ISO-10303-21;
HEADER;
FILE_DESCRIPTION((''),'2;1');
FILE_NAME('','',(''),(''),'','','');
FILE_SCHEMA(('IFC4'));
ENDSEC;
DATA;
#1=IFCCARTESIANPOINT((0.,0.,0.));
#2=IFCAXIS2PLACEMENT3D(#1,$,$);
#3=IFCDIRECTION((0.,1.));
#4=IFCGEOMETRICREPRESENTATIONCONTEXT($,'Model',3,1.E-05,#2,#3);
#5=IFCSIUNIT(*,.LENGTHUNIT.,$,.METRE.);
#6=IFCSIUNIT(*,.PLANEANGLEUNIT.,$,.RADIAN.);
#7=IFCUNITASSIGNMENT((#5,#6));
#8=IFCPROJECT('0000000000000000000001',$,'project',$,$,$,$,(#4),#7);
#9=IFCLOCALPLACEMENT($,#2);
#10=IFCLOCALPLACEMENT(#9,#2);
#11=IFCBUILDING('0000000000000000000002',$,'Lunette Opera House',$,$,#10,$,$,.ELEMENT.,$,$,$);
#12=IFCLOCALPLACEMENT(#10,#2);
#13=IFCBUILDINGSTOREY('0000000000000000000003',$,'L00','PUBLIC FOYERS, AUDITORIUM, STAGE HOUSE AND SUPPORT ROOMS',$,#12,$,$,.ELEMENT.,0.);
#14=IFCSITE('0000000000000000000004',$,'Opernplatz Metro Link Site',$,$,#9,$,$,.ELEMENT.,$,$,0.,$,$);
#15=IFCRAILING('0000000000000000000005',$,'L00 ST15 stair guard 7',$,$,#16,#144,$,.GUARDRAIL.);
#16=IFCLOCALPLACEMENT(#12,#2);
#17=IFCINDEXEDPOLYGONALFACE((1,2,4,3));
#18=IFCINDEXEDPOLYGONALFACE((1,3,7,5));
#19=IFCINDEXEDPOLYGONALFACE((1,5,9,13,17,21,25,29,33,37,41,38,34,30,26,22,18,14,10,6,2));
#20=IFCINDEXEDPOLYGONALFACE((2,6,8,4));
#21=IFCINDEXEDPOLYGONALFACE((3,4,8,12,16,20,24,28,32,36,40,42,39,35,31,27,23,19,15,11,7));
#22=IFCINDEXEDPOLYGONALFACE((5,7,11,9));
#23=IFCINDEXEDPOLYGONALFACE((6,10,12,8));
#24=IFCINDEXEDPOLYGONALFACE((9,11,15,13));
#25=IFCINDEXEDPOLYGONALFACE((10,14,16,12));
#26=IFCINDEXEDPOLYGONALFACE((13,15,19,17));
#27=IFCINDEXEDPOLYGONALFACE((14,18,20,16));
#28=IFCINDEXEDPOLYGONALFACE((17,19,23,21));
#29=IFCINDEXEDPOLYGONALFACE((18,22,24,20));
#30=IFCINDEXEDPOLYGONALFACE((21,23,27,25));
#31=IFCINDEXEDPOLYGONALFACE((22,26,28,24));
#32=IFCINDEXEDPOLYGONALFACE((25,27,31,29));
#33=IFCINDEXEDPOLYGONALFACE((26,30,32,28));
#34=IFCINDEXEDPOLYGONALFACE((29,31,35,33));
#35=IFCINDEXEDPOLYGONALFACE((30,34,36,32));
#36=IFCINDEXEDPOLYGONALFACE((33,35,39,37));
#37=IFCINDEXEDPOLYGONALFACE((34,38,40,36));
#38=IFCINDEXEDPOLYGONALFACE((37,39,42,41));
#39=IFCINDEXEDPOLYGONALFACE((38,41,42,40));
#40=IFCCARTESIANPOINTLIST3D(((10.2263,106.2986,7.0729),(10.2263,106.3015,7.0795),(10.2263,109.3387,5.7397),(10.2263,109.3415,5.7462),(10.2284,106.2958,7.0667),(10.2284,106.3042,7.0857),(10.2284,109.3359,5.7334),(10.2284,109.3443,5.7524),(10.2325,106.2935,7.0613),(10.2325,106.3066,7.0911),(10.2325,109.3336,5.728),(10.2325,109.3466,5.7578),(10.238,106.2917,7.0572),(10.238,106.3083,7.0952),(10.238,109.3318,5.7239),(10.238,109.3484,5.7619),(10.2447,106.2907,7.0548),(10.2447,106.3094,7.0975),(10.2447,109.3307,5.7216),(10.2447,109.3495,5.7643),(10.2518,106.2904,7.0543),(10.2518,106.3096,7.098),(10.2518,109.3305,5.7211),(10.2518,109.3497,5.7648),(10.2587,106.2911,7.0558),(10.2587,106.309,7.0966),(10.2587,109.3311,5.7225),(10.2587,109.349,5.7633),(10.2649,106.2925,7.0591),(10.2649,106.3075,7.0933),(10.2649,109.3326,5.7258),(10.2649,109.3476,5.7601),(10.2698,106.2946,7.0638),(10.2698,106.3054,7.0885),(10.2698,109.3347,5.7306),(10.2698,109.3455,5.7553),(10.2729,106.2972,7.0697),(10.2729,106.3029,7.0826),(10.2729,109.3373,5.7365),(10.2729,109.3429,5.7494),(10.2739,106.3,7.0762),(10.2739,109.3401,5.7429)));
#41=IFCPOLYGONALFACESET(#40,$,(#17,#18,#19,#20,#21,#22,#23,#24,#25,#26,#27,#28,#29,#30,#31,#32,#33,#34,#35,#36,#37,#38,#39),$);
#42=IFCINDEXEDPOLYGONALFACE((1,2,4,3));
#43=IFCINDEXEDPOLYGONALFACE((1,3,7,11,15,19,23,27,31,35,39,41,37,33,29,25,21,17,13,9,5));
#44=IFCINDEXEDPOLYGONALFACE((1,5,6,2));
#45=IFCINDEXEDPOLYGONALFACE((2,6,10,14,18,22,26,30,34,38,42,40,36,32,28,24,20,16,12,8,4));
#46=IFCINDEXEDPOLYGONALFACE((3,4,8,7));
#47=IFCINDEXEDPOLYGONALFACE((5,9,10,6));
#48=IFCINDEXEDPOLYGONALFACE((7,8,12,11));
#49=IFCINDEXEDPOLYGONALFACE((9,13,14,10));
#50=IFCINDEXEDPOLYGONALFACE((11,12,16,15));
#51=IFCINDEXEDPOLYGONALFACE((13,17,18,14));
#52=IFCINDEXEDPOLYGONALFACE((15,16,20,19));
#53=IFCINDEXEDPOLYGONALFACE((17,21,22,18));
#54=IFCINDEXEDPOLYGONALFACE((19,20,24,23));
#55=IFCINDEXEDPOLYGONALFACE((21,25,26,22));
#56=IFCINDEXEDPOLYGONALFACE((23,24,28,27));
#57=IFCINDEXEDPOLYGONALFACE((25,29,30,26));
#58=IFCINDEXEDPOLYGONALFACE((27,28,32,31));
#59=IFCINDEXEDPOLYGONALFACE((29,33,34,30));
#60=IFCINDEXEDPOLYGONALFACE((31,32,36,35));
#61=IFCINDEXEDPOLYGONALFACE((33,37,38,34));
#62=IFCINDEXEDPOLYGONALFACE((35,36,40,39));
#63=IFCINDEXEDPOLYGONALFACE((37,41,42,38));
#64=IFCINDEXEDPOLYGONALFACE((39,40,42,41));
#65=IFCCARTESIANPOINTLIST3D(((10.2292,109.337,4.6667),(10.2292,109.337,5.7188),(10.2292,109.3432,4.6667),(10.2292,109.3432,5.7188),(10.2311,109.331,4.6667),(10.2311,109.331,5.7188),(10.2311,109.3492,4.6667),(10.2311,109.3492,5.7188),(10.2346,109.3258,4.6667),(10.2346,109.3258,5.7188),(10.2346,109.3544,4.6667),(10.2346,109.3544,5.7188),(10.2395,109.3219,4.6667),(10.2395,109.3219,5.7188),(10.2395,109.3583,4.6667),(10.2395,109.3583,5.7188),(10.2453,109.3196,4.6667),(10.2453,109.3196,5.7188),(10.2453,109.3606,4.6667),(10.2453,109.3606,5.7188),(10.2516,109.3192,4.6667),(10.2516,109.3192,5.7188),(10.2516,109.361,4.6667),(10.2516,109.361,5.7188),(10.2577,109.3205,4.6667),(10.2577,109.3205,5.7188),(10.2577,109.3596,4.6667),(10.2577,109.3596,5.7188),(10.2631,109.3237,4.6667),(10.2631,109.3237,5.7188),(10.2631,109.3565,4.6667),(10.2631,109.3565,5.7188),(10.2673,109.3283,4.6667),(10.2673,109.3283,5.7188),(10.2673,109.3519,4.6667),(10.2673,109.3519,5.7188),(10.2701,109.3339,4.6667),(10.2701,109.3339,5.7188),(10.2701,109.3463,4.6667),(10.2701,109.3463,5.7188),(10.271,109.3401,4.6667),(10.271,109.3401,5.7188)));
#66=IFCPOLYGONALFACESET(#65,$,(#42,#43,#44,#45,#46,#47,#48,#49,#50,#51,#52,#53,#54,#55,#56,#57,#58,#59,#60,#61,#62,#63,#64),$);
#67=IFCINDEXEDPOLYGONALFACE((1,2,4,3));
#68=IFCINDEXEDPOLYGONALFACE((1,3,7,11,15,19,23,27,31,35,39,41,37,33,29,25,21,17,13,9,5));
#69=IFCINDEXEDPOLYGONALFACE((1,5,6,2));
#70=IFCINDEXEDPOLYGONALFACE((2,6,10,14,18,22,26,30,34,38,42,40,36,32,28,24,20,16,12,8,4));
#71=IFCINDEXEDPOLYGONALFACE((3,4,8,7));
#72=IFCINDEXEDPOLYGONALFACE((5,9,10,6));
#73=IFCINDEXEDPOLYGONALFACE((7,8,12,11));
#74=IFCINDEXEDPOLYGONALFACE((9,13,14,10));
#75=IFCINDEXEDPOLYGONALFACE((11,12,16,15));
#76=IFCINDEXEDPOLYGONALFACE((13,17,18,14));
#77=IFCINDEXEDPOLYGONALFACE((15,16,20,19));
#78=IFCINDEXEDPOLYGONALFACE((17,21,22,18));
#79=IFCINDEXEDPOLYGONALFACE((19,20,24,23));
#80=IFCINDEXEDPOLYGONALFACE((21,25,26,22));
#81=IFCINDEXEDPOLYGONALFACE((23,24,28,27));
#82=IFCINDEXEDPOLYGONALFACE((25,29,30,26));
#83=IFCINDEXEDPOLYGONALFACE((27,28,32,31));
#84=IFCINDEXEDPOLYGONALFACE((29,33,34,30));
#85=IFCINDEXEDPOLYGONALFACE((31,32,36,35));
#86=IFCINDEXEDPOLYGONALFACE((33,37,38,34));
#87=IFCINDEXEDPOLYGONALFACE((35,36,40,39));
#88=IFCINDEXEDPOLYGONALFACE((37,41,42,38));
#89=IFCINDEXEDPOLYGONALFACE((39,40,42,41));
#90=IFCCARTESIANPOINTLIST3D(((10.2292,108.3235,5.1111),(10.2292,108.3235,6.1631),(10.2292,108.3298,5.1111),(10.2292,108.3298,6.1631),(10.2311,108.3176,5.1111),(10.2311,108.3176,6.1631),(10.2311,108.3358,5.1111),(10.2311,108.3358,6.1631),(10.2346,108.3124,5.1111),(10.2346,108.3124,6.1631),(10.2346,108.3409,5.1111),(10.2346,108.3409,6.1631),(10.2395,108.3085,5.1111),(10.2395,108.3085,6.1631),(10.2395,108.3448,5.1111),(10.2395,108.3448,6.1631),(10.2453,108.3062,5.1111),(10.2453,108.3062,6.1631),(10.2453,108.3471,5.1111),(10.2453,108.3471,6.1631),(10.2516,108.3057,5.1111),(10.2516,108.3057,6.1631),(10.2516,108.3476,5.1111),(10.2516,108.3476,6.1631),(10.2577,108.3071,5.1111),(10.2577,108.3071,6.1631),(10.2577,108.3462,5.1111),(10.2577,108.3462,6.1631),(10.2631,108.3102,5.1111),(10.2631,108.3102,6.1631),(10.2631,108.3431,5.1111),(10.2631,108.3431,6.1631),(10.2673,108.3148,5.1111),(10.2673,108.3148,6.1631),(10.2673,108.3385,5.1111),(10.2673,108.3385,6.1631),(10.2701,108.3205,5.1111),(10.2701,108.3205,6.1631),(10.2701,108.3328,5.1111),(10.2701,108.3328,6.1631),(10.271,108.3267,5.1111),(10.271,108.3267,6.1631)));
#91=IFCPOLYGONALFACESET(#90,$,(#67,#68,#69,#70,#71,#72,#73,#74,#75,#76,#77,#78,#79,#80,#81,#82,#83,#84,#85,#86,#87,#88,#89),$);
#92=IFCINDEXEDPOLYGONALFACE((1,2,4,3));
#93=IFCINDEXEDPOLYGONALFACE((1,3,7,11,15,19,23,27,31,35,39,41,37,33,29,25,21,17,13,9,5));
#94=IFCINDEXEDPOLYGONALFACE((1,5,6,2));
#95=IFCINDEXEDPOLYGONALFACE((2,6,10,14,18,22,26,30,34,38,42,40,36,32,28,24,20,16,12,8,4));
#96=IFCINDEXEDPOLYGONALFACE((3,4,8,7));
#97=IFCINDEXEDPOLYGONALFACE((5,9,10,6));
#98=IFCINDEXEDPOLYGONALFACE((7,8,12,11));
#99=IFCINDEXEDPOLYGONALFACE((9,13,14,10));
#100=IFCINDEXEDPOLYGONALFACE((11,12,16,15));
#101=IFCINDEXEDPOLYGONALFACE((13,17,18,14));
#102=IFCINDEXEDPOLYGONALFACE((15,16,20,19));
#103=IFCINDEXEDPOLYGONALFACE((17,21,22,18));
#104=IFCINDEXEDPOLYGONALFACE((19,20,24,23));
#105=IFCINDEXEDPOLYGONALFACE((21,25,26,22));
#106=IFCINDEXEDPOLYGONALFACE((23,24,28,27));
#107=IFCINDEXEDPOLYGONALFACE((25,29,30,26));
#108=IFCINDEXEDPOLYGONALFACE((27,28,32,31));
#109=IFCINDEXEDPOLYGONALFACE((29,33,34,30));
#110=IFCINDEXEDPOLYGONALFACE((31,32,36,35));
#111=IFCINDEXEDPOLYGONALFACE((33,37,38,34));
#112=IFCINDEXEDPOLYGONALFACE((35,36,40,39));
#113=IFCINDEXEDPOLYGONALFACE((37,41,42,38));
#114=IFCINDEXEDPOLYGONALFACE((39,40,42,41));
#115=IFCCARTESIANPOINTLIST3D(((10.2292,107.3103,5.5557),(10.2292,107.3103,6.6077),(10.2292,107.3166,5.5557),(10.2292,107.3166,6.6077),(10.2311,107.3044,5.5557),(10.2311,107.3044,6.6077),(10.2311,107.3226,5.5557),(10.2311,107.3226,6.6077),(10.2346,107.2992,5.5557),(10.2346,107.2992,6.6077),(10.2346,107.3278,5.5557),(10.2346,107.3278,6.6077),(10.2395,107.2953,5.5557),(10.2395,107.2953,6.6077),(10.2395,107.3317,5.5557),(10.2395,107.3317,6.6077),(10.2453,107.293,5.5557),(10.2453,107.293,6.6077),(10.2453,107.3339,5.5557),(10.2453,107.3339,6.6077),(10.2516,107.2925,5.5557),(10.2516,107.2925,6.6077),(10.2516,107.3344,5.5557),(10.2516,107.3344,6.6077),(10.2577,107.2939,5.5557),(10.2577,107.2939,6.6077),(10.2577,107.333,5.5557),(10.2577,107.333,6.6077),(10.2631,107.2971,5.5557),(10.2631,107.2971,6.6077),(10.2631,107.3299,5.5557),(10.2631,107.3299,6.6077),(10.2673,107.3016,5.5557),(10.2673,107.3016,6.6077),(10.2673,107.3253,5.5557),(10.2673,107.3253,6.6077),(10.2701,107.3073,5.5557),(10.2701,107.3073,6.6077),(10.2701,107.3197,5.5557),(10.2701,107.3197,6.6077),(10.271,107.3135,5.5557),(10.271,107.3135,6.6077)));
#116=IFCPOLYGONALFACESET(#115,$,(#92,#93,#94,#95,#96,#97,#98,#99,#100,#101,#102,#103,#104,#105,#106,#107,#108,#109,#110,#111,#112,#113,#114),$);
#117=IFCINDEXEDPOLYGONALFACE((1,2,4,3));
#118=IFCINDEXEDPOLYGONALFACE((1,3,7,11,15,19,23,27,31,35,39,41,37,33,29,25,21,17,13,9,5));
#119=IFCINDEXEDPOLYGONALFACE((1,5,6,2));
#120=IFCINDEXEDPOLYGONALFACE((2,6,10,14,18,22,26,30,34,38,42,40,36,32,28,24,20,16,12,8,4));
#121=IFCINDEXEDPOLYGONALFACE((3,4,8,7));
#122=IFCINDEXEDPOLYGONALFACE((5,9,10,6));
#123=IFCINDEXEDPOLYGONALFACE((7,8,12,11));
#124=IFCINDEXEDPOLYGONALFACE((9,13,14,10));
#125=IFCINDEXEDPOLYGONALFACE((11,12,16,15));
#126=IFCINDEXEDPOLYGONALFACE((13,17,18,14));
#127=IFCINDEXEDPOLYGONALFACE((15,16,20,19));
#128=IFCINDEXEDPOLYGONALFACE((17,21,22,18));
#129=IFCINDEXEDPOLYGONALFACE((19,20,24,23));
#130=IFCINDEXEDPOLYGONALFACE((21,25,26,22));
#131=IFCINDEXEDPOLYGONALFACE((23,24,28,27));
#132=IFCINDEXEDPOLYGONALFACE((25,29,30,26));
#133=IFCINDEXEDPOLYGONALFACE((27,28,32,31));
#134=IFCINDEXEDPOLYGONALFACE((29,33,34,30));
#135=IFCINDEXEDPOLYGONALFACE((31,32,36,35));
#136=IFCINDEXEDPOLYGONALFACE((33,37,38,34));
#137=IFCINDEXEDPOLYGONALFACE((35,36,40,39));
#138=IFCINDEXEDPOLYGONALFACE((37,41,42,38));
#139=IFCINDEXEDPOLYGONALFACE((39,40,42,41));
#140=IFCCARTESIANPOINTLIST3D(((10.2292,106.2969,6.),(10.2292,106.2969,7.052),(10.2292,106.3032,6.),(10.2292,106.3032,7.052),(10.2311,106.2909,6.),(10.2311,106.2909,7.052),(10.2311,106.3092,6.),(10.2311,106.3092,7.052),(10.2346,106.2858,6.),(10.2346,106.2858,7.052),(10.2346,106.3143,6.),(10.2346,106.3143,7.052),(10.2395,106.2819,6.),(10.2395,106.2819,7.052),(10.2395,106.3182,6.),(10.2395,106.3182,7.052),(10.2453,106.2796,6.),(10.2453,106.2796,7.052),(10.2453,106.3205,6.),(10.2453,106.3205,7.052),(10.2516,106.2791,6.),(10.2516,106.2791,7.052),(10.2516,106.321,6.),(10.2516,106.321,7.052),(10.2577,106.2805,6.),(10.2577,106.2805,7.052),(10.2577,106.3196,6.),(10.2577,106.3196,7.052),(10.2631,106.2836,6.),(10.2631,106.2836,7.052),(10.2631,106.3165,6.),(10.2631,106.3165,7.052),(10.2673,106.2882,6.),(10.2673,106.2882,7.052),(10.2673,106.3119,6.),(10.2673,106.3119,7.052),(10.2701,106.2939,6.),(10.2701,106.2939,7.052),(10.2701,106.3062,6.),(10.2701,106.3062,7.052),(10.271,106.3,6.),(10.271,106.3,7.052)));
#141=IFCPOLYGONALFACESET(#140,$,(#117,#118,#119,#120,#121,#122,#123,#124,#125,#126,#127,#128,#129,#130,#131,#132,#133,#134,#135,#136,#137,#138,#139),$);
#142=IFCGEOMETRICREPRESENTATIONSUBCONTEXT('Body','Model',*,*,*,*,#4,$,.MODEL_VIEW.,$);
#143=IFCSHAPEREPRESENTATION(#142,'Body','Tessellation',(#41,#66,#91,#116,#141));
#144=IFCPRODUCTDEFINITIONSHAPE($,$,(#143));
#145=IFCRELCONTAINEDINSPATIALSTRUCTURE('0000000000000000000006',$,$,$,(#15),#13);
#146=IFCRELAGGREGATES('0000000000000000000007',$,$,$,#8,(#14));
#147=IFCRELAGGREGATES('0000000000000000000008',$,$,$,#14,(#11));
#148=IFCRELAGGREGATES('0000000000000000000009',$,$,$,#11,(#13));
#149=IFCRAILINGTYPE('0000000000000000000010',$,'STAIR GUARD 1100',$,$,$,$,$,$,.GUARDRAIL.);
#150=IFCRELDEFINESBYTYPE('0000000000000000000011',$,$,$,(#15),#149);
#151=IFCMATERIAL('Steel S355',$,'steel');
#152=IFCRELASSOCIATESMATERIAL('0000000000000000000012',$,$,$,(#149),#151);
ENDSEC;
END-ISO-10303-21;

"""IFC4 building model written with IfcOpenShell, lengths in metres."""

from ifc_helpers import new_model, si_unit, direction, frame, origin, origin_2d, place, context, subcontext, project, spatial, circle, extrude, material, type_object, element, save


model = new_model("IFC4")

# Units and contexts
model_context = context("Model", 3, precision=1e-05, world=origin(), true_north=direction((0.0, 1.0)))
body_context = subcontext(model_context, "Body", "Model", "MODEL_VIEW")
ifc_project = project(units=[si_unit("LENGTHUNIT", "METRE"), si_unit("PLANEANGLEUNIT", "RADIAN")], contexts=[model_context])

# Site, building, storey
site_placement = place(None, origin())
site = spatial("IfcSite", under=ifc_project, at=site_placement, Name="Opernplatz Metro Link Site", CompositionType="ELEMENT", RefElevation=0.0)
building_placement = place(site_placement, origin())
building = spatial("IfcBuilding", under=site, at=building_placement, Name="Lunette Opera House", CompositionType="ELEMENT")
storey_placement = place(building_placement, origin())
storey = spatial("IfcBuildingStorey", under=building, at=storey_placement, Name="L00", Description="PUBLIC FOYERS, AUDITORIUM, STAGE HOUSE AND SUPPORT ROOMS", CompositionType="ELEMENT", Elevation=0.0)

# Railing
ifc_material_1 = material(Name="Steel S355", Category="steel")
railing_type_1 = type_object("IfcRailingType", Name="STAIR GUARD 1100", PredefinedType="GUARDRAIL", material=ifc_material_1)
railing_1_placement = place(storey_placement, frame((10.25, 109.3401, 4.6667)))
element("IfcRailing", 1, at=railing_1_placement, inside=storey, type_object=railing_type_1, Name="L00 ST15 stair guard 7", PredefinedType="GUARDRAIL", context=body_context, shape_type="SweptSolid", body=[
    extrude(circle(Radius=0.0239, at=origin_2d()), frame((0.0, 0.0, 1.0762), z_axis=(0.0, -0.915799, 0.401637), x_axis=(1.0, 0.0, 0.0)), (0.0, 0.0, 1.0), 3.3196),
    extrude(circle(Radius=0.021, at=origin_2d()), origin(), (0.0, 0.0, 1.0), 1.052),
    extrude(circle(Radius=0.021, at=origin_2d()), frame((0.0, -1.0134, 0.4443)), (0.0, 0.0, 1.0), 1.052),
    extrude(circle(Radius=0.021, at=origin_2d()), frame((0.0, -2.0266, 0.8889)), (0.0, 0.0, 1.0), 1.052),
    extrude(circle(Radius=0.021, at=origin_2d()), frame((0.0, -3.04, 1.3333)), (0.0, 0.0, 1.0), 1.052),
])

save(model, "model.ifc")
